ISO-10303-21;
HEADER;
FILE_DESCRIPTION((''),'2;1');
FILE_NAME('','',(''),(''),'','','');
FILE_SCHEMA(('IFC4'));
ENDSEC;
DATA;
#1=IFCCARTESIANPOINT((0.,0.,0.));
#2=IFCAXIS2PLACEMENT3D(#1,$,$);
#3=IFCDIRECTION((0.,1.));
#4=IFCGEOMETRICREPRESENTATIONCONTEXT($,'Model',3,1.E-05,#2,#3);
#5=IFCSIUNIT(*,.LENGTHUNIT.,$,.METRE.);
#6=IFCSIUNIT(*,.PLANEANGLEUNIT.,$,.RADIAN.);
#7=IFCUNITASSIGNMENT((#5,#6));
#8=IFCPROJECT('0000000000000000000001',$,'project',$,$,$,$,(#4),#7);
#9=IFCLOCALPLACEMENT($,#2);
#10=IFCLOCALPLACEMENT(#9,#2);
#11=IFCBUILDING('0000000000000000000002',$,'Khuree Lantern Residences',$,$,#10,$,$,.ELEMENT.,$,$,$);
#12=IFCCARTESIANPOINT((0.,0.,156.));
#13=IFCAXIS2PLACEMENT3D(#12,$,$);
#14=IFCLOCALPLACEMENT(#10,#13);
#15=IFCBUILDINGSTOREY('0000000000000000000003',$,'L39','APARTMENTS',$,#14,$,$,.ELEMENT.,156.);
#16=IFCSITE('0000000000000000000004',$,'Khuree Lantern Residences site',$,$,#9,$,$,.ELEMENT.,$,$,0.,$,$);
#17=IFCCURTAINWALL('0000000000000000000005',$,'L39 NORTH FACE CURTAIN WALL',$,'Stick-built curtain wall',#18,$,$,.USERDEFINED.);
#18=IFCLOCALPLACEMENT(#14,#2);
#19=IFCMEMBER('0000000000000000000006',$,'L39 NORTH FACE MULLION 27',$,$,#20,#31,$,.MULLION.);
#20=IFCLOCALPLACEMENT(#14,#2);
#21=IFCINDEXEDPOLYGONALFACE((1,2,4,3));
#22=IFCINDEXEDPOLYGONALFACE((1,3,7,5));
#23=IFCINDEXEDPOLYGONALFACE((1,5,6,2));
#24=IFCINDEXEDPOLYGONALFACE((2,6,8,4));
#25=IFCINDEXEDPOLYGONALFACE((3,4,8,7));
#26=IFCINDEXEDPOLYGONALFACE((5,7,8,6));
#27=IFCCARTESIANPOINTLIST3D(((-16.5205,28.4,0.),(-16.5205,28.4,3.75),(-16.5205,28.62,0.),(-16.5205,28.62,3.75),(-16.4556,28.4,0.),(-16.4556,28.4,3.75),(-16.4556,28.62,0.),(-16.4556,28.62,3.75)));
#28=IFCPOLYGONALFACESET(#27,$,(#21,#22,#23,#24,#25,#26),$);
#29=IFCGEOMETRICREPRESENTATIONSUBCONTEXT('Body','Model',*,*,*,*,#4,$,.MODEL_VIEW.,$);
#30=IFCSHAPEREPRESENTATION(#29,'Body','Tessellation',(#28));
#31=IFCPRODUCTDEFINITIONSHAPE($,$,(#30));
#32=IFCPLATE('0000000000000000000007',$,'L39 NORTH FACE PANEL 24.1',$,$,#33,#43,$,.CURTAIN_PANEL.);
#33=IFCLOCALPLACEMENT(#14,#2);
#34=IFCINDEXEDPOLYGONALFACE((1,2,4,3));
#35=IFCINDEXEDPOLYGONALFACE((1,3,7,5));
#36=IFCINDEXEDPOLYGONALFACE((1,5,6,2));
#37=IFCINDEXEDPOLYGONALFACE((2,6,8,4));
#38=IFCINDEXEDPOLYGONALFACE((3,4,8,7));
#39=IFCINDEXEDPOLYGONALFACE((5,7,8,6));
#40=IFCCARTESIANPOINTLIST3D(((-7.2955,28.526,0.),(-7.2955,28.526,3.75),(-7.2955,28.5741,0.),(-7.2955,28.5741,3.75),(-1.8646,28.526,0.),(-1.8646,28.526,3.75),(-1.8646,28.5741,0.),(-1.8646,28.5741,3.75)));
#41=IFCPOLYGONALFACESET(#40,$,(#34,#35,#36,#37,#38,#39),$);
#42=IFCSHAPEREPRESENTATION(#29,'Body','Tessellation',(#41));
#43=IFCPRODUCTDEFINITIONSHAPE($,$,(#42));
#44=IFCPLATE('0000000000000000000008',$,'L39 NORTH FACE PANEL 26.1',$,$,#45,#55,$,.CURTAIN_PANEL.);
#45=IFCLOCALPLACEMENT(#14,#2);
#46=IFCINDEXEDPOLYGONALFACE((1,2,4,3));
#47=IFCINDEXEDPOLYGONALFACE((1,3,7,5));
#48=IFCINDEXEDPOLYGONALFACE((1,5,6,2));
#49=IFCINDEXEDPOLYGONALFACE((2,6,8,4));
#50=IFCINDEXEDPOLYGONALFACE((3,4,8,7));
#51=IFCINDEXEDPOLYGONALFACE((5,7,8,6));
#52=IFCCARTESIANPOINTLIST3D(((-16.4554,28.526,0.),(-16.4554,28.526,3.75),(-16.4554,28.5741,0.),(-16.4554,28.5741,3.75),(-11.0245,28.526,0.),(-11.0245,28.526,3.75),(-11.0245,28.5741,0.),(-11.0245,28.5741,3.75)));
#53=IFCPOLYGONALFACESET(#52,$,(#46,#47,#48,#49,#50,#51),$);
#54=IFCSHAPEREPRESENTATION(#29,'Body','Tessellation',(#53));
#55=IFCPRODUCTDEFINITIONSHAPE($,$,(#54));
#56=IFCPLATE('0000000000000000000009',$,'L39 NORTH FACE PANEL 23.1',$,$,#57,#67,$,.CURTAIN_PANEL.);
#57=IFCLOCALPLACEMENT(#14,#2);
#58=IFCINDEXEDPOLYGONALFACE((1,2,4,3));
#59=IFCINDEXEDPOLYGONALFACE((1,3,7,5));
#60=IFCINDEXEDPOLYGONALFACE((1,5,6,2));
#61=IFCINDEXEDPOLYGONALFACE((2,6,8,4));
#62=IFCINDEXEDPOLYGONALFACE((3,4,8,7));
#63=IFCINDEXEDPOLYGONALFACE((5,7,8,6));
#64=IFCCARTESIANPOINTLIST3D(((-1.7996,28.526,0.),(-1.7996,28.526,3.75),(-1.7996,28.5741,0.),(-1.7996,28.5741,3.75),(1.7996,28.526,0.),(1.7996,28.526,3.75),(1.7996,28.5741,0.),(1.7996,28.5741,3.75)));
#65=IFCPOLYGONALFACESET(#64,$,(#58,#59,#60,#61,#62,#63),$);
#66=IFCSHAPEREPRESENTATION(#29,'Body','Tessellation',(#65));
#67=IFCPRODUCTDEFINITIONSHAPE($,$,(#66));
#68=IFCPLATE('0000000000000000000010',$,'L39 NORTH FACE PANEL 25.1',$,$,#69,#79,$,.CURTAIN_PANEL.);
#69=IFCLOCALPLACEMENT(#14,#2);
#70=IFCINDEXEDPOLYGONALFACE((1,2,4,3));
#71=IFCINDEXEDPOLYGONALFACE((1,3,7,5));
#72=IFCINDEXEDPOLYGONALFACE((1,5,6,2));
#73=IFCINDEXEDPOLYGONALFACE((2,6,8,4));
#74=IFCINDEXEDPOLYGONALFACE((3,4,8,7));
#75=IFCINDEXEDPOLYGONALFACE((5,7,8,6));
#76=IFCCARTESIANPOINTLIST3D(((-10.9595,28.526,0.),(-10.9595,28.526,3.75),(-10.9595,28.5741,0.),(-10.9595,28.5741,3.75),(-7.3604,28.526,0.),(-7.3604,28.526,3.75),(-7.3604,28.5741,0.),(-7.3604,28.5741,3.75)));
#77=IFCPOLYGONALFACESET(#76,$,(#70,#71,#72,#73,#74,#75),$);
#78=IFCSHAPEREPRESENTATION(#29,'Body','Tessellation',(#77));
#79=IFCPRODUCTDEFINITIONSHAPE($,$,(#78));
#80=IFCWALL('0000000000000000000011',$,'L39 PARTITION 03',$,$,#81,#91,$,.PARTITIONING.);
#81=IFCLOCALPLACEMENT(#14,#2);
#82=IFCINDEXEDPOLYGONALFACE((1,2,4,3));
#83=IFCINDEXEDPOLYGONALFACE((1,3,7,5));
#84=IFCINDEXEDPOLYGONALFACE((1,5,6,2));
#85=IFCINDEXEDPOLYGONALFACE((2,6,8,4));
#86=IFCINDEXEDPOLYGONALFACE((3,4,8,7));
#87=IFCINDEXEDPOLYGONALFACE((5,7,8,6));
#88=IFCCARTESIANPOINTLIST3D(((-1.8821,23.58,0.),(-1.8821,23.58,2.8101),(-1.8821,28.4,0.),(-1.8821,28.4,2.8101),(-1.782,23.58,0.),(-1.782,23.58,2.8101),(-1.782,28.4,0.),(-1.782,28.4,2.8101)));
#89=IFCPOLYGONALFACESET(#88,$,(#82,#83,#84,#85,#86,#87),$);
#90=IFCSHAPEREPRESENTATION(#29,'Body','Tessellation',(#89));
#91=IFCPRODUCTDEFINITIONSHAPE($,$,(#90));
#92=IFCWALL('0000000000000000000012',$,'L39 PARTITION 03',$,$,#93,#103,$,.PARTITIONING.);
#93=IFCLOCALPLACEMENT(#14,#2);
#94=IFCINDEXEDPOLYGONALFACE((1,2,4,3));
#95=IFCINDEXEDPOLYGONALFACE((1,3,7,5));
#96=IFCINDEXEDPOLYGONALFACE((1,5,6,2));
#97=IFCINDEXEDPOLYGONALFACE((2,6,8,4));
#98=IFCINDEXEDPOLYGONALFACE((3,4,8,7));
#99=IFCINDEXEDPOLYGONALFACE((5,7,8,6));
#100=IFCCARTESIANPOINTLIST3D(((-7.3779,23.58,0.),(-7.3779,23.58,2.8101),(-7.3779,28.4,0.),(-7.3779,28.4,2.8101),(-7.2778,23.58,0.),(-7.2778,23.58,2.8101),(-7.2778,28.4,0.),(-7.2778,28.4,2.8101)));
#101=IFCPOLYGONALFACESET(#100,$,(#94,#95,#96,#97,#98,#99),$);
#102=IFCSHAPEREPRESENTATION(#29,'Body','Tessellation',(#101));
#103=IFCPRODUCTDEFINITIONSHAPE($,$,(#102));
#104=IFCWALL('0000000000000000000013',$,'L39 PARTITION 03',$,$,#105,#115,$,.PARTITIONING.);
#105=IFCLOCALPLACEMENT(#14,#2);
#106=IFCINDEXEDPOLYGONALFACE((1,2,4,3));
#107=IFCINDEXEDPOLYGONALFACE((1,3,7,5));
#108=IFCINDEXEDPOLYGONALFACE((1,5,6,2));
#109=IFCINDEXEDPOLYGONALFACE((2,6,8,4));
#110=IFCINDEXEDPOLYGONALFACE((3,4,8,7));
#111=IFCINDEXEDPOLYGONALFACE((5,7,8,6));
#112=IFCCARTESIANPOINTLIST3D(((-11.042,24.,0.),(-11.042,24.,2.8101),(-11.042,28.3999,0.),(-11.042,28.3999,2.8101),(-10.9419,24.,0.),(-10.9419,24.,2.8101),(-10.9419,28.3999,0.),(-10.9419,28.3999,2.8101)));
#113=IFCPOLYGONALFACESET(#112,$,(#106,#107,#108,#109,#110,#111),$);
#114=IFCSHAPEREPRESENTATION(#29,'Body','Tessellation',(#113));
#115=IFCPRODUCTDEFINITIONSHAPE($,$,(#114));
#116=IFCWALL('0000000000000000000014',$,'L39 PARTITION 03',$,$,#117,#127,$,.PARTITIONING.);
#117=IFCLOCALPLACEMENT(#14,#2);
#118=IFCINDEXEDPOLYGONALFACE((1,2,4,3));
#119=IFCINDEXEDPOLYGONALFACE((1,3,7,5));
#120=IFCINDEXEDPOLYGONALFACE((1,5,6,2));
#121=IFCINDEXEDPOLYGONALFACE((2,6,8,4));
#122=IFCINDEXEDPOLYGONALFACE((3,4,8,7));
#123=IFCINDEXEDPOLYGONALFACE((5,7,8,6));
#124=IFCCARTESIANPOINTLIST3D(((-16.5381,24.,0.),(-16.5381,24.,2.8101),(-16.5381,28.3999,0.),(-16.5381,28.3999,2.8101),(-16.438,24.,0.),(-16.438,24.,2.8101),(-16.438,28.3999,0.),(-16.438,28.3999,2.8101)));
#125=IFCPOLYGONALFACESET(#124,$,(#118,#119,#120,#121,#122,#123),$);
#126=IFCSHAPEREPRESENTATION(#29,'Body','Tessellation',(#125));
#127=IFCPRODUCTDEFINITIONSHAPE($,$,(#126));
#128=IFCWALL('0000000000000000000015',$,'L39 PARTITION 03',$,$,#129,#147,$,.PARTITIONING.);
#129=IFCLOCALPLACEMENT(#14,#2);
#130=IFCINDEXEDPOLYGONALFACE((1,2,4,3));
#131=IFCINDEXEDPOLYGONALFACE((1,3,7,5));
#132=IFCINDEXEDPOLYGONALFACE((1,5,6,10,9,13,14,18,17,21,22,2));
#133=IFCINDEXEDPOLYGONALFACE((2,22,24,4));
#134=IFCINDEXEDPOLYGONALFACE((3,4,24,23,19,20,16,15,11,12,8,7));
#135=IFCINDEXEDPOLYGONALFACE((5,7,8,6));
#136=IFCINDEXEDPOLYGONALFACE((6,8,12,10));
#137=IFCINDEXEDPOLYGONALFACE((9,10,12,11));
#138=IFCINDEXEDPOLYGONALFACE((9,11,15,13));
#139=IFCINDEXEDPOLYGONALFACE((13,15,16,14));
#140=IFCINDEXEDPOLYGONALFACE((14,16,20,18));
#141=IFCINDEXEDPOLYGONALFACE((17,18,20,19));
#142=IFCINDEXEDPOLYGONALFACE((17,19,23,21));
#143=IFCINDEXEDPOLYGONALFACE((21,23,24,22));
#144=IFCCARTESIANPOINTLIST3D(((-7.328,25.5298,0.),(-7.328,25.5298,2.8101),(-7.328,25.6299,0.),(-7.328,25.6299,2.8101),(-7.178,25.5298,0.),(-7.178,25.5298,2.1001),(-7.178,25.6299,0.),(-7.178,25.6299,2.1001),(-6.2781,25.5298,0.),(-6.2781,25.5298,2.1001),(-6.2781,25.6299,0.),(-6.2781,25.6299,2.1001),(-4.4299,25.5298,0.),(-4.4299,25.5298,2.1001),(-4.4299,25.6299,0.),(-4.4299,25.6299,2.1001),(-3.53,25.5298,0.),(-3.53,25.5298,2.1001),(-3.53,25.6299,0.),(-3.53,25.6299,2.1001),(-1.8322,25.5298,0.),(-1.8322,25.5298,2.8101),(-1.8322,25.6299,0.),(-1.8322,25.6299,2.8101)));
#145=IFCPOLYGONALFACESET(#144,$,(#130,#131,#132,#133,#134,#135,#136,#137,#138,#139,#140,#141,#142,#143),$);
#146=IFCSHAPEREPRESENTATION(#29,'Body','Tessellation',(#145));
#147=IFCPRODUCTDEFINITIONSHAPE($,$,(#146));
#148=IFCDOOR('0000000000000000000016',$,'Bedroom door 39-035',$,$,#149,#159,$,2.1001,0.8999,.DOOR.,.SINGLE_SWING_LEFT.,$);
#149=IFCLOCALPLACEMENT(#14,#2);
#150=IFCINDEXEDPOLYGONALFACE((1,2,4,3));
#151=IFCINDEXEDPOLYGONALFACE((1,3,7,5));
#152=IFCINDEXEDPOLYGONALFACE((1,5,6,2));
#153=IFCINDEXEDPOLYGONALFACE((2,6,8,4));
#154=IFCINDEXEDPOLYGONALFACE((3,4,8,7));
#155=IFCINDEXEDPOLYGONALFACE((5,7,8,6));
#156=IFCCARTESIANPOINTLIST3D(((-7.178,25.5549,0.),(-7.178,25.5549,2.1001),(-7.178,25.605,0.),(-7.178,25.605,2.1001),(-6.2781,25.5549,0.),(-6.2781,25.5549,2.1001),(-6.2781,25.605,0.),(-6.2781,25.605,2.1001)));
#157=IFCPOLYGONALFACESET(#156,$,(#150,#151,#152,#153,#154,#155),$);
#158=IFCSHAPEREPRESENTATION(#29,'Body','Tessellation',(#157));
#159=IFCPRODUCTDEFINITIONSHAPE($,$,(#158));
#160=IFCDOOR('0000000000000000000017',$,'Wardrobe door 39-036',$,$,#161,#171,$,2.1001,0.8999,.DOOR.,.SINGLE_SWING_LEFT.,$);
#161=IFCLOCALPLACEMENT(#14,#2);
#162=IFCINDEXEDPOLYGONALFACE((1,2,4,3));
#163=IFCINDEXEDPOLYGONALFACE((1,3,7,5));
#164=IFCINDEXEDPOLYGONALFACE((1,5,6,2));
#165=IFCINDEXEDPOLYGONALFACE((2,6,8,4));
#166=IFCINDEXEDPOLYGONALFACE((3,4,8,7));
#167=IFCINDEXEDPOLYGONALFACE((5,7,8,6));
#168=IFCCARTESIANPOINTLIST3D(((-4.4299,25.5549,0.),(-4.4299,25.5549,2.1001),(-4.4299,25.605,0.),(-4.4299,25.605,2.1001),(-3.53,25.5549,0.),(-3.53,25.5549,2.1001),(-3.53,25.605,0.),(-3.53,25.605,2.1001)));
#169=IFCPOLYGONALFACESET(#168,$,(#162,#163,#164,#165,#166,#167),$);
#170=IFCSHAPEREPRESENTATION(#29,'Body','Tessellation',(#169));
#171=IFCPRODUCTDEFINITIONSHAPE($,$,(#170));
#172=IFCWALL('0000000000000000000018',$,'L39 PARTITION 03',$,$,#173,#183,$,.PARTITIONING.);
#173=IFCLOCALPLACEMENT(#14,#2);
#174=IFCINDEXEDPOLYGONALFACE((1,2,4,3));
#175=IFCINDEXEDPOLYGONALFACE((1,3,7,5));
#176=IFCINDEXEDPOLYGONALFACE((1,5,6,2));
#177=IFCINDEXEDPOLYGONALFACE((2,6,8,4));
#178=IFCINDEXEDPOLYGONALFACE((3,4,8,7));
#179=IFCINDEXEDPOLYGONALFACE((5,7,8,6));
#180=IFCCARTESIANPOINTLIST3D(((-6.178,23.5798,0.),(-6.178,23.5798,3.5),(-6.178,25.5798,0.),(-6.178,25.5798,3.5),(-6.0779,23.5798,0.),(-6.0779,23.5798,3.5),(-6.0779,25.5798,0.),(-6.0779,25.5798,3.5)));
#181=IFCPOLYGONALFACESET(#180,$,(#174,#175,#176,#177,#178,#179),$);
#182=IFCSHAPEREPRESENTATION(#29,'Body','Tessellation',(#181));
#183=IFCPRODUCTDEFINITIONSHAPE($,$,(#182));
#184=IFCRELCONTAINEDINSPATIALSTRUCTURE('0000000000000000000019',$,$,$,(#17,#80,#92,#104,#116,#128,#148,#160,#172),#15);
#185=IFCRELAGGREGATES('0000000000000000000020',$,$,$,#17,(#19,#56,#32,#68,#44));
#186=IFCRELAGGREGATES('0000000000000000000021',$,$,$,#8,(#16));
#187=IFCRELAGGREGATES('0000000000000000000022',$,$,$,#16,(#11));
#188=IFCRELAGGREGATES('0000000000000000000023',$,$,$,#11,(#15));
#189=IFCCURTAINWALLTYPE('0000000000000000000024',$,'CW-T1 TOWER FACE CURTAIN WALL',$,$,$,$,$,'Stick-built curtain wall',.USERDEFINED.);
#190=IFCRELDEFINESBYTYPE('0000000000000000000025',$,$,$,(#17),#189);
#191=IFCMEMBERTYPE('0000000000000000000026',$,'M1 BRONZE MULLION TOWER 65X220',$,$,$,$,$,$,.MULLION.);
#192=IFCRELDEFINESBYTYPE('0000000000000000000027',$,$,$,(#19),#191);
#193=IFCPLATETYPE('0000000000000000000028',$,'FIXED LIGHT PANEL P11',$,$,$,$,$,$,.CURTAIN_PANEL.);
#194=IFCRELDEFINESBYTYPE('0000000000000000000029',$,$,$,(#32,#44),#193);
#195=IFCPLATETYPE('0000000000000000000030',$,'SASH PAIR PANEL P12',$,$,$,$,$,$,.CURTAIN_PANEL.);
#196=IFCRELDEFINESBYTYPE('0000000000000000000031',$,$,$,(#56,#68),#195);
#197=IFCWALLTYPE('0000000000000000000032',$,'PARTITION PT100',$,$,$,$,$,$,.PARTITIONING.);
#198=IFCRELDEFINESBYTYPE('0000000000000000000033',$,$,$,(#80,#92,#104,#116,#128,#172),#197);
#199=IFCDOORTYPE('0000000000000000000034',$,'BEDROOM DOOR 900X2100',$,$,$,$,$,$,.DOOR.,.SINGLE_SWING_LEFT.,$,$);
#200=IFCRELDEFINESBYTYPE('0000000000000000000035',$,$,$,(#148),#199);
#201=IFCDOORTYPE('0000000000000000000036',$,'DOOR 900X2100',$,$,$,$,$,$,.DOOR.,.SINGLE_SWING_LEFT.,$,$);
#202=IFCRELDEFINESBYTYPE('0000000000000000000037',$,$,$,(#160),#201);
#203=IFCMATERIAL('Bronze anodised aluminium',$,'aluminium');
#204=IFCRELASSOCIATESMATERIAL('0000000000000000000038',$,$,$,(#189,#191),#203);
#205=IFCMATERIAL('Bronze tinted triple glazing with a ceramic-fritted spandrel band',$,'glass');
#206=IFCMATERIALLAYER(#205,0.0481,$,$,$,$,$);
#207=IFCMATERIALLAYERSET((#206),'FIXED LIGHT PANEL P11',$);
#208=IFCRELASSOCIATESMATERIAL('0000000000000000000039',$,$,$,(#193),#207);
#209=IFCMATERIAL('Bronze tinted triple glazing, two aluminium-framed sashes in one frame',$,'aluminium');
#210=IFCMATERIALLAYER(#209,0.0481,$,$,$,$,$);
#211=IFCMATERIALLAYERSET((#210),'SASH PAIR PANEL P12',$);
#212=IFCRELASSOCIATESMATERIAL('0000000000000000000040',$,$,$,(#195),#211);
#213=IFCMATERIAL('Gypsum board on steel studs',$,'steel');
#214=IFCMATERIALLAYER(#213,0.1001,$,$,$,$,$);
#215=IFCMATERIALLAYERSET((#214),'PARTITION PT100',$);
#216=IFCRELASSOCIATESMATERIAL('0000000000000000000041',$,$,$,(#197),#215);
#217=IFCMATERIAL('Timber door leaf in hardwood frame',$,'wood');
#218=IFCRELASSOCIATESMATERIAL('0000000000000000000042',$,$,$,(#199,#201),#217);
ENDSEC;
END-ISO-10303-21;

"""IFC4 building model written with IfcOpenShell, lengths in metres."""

from ifc_helpers import new_model, si_unit, direction, frame, frame_2d, origin, origin_2d, place, context, subcontext, project, spatial, rectangle, extrude, material, layer, layer_set, material_profile, profile_set, type_object, element, fill, aggregate, save


model = new_model("IFC4")

# Units and contexts
model_context = context("Model", 3, precision=1e-05, world=origin(), true_north=direction((0.0, 1.0)))
body_context = subcontext(model_context, "Body", "Model", "MODEL_VIEW")
ifc_project = project(units=[si_unit("LENGTHUNIT", "METRE"), si_unit("PLANEANGLEUNIT", "RADIAN")], contexts=[model_context])

# Site, building, storey
site_placement = place(None, origin())
site = spatial("IfcSite", under=ifc_project, at=site_placement, Name="Khuree Lantern Residences site", CompositionType="ELEMENT", RefElevation=0.0)
building_placement = place(site_placement, origin())
building = spatial("IfcBuilding", under=site, at=building_placement, Name="Khuree Lantern Residences", CompositionType="ELEMENT")
storey_placement = place(building_placement, frame((0.0, 0.0, 156.0)))
storey = spatial("IfcBuildingStorey", under=building, at=storey_placement, Name="L39", Description="APARTMENTS", CompositionType="ELEMENT", Elevation=156.0)

# Curtain wall
ifc_material_1 = material(Name="Bronze anodised aluminium", Category="aluminium")
curtain_wall_type = type_object("IfcCurtainWallType", Name="CW-T1 TOWER FACE CURTAIN WALL", ElementType="Stick-built curtain wall", PredefinedType="USERDEFINED", material=ifc_material_1)
curtain_wall_placement = place(storey_placement, origin())
curtain_wall = element("IfcCurtainWall", 1, at=curtain_wall_placement, inside=storey, type_object=curtain_wall_type, Name="L39 NORTH FACE CURTAIN WALL", ObjectType="Stick-built curtain wall", PredefinedType="USERDEFINED")

# Member
ifc_material_profile_1 = material_profile(ifc_material_1, rectangle(XDim=0.0649, YDim=0.22, at=origin_2d()), Name="M1 65X220")
ifc_profile_set_1 = profile_set([ifc_material_profile_1], Name="Bronze anodised aluminium")
member_type_1 = type_object("IfcMemberType", Name="M1 BRONZE MULLION TOWER 65X220", PredefinedType="MULLION", material=ifc_profile_set_1)
member_1_placement = place(storey_placement, frame((-16.488, 28.51, 0.0), z_axis=(0.0, 0.0, 1.0), x_axis=(-1.0, 0.0, 0.0)))
member_1 = element("IfcMember", 2, at=member_1_placement, type_object=member_type_1, Name="L39 NORTH FACE MULLION 27", PredefinedType="MULLION", context=body_context, shape_type="SweptSolid", body=[
    extrude(rectangle(XDim=0.0649, YDim=0.22, at=origin_2d()), origin(), (0.0, 0.0, 1.0), 3.75),
])

# Plates
ifc_material_2 = material(Name="Bronze tinted triple glazing with a ceramic-fritted spandrel band", Category="glass")
ifc_layer_1 = layer(ifc_material_2, 0.0481)
ifc_layer_set_1 = layer_set([ifc_layer_1], Name="FIXED LIGHT PANEL P11")
plate_type_1 = type_object("IfcPlateType", Name="FIXED LIGHT PANEL P11", PredefinedType="CURTAIN_PANEL", material=ifc_layer_set_1)
plate_1_placement = place(storey_placement, frame((-4.5801, 28.55, 0.0), z_axis=(0.0, 0.0, 1.0), x_axis=(-1.0, 0.0, 0.0)))
plate_1 = element("IfcPlate", 3, at=plate_1_placement, type_object=plate_type_1, Name="L39 NORTH FACE PANEL 24.1", PredefinedType="CURTAIN_PANEL", context=body_context, shape_type="SweptSolid", body=[
    extrude(rectangle(XDim=5.4309, YDim=0.0481, at=origin_2d()), origin(), (0.0, 0.0, 1.0), 3.75),
])
plate_2_placement = place(storey_placement, frame((-13.74, 28.55, 0.0), z_axis=(0.0, 0.0, 1.0), x_axis=(-1.0, 0.0, 0.0)))
plate_2 = element("IfcPlate", 4, at=plate_2_placement, type_object=plate_type_1, Name="L39 NORTH FACE PANEL 26.1", PredefinedType="CURTAIN_PANEL", context=body_context, shape_type="SweptSolid", body=[
    extrude(rectangle(XDim=5.4309, YDim=0.0481, at=origin_2d()), origin(), (0.0, 0.0, 1.0), 3.75),
])
ifc_material_3 = material(Name="Bronze tinted triple glazing, two aluminium-framed sashes in one frame", Category="aluminium")
ifc_layer_2 = layer(ifc_material_3, 0.0481)
ifc_layer_set_2 = layer_set([ifc_layer_2], Name="SASH PAIR PANEL P12")
plate_type_2 = type_object("IfcPlateType", Name="SASH PAIR PANEL P12", PredefinedType="CURTAIN_PANEL", material=ifc_layer_set_2)
plate_3_placement = place(storey_placement, frame((0.0, 28.55, 0.0), z_axis=(0.0, 0.0, 1.0), x_axis=(-1.0, 0.0, 0.0)))
plate_3 = element("IfcPlate", 5, at=plate_3_placement, type_object=plate_type_2, Name="L39 NORTH FACE PANEL 23.1", PredefinedType="CURTAIN_PANEL", context=body_context, shape_type="SweptSolid", body=[
    extrude(rectangle(XDim=3.5991, YDim=0.0481, at=origin_2d()), origin(), (0.0, 0.0, 1.0), 3.75),
])
plate_4_placement = place(storey_placement, frame((-9.1599, 28.55, 0.0), z_axis=(0.0, 0.0, 1.0), x_axis=(-1.0, 0.0, 0.0)))
plate_4 = element("IfcPlate", 6, at=plate_4_placement, type_object=plate_type_2, Name="L39 NORTH FACE PANEL 25.1", PredefinedType="CURTAIN_PANEL", context=body_context, shape_type="SweptSolid", body=[
    extrude(rectangle(XDim=3.5991, YDim=0.0481, at=origin_2d()), origin(), (0.0, 0.0, 1.0), 3.75),
])
aggregate(curtain_wall, [member_1, plate_3, plate_1, plate_4, plate_2])

# Walls
ifc_material_4 = material(Name="Gypsum board on steel studs", Category="steel")
ifc_layer_3 = layer(ifc_material_4, 0.1001)
ifc_layer_set_3 = layer_set([ifc_layer_3], Name="PARTITION PT100")
wall_type = type_object("IfcWallType", Name="PARTITION PT100", PredefinedType="PARTITIONING", material=ifc_layer_set_3)
for number, where, z_axis, x_axis, name in (
    (7, (-1.832, 23.5798, 0.0), (0.0, 0.0, 1.0), (0.0, 1.0, 0.0), "L39 PARTITION 03"),
    (8, (-7.3279, 23.5798, 0.0), (0.0, 0.0, 1.0), (0.0, 1.0, 0.0), "L39 PARTITION 03"),
):
    element("IfcWall", number, at=place(storey_placement, frame(where, z_axis=z_axis, x_axis=x_axis)), inside=storey, type_object=wall_type, Name=name, PredefinedType="PARTITIONING", context=body_context, shape_type="SweptSolid", body=[
        extrude(rectangle(XDim=4.8201, YDim=0.1001, at=frame_2d((2.4102, 0.0))), origin(), (0.0, 0.0, 1.0), 2.8101),
    ])
for number, where, z_axis, x_axis, name in (
    (9, (-10.9919, 24.0, 0.0), (0.0, 0.0, 1.0), (0.0, 1.0, 0.0), "L39 PARTITION 03"),
    (10, (-16.488, 24.0, 0.0), (0.0, 0.0, 1.0), (0.0, 1.0, 0.0), "L39 PARTITION 03"),
):
    element("IfcWall", number, at=place(storey_placement, frame(where, z_axis=z_axis, x_axis=x_axis)), inside=storey, type_object=wall_type, Name=name, PredefinedType="PARTITIONING", context=body_context, shape_type="SweptSolid", body=[
        extrude(rectangle(XDim=4.3999, YDim=0.1001, at=frame_2d((2.2, 0.0))), origin(), (0.0, 0.0, 1.0), 2.8101),
    ])

# Wall, openings, doors
wall_1_placement = place(storey_placement, frame((-1.832, 25.5798, 0.0), z_axis=(0.0, 0.0, 1.0), x_axis=(-1.0, 0.0, 0.0)))
wall_1 = element("IfcWall", 11, at=wall_1_placement, inside=storey, type_object=wall_type, Name="L39 PARTITION 03", PredefinedType="PARTITIONING", context=body_context, shape_type="SweptSolid", body=[
    extrude(rectangle(XDim=5.4958, YDim=0.1001, at=frame_2d((2.748, 0.0))), origin(), (0.0, 0.0, 1.0), 2.8101),
])
opening_1_placement = place(wall_1_placement, frame((4.446, 0.0, 0.0)))
opening_1 = element("IfcOpeningElement", 12, at=opening_1_placement, cuts=wall_1, PredefinedType="OPENING", context=body_context, shape_type="SweptSolid", body=[
    extrude(rectangle(XDim=0.8999, YDim=2.1001, at=frame_2d((0.45, 1.05))), frame((0.0, 0.0601, 0.0), z_axis=(0.0, -1.0, 0.0), x_axis=(1.0, 0.0, 0.0)), (0.0, 0.0, 1.0), 0.1201),
])
opening_2_placement = place(wall_1_placement, frame((1.698, 0.0, 0.0)))
opening_2 = element("IfcOpeningElement", 13, at=opening_2_placement, cuts=wall_1, PredefinedType="OPENING", context=body_context, shape_type="SweptSolid", body=[
    extrude(rectangle(XDim=0.8999, YDim=2.1001, at=frame_2d((0.45, 1.05))), frame((0.0, 0.0601, 0.0), z_axis=(0.0, -1.0, 0.0), x_axis=(1.0, 0.0, 0.0)), (0.0, 0.0, 1.0), 0.1201),
])
ifc_material_5 = material(Name="Timber door leaf in hardwood frame", Category="wood")
door_type_1 = type_object("IfcDoorType", Name="BEDROOM DOOR 900X2100", OperationType="SINGLE_SWING_LEFT", PredefinedType="DOOR", material=ifc_material_5)
door_1_placement = place(opening_1_placement, origin())
door_1 = element("IfcDoor", 14, at=door_1_placement, inside=storey, type_object=door_type_1, Name="Bedroom door 39-035", OperationType="SINGLE_SWING_LEFT", OverallHeight=2.1001, OverallWidth=0.8999, PredefinedType="DOOR", context=body_context, shape_type="SweptSolid", body=[
    extrude(rectangle(XDim=0.8999, YDim=2.1001, at=frame_2d((0.45, 1.05))), frame((0.0, 0.0249, 0.0), z_axis=(0.0, -1.0, 0.0), x_axis=(1.0, 0.0, 0.0)), (0.0, 0.0, 1.0), 0.05),
])
fill(opening_1, door_1)
door_type_2 = type_object("IfcDoorType", Name="DOOR 900X2100", OperationType="SINGLE_SWING_LEFT", PredefinedType="DOOR", material=ifc_material_5)
door_2_placement = place(opening_2_placement, origin())
door_2 = element("IfcDoor", 15, at=door_2_placement, inside=storey, type_object=door_type_2, Name="Wardrobe door 39-036", OperationType="SINGLE_SWING_LEFT", OverallHeight=2.1001, OverallWidth=0.8999, PredefinedType="DOOR", context=body_context, shape_type="SweptSolid", body=[
    extrude(rectangle(XDim=0.8999, YDim=2.1001, at=frame_2d((0.45, 1.05))), frame((0.0, 0.0249, 0.0), z_axis=(0.0, -1.0, 0.0), x_axis=(1.0, 0.0, 0.0)), (0.0, 0.0, 1.0), 0.05),
])
fill(opening_2, door_2)

# Wall
wall_2_placement = place(storey_placement, frame((-6.1279, 23.5798, 0.0), z_axis=(0.0, 0.0, 1.0), x_axis=(0.0, 1.0, 0.0)))
element("IfcWall", 16, at=wall_2_placement, inside=storey, type_object=wall_type, Name="L39 PARTITION 03", PredefinedType="PARTITIONING", context=body_context, shape_type="SweptSolid", body=[
    extrude(rectangle(XDim=2.0, YDim=0.1001, at=frame_2d((1.0, 0.0))), origin(), (0.0, 0.0, 1.0), 3.5),
])

save(model, "model.ifc")
